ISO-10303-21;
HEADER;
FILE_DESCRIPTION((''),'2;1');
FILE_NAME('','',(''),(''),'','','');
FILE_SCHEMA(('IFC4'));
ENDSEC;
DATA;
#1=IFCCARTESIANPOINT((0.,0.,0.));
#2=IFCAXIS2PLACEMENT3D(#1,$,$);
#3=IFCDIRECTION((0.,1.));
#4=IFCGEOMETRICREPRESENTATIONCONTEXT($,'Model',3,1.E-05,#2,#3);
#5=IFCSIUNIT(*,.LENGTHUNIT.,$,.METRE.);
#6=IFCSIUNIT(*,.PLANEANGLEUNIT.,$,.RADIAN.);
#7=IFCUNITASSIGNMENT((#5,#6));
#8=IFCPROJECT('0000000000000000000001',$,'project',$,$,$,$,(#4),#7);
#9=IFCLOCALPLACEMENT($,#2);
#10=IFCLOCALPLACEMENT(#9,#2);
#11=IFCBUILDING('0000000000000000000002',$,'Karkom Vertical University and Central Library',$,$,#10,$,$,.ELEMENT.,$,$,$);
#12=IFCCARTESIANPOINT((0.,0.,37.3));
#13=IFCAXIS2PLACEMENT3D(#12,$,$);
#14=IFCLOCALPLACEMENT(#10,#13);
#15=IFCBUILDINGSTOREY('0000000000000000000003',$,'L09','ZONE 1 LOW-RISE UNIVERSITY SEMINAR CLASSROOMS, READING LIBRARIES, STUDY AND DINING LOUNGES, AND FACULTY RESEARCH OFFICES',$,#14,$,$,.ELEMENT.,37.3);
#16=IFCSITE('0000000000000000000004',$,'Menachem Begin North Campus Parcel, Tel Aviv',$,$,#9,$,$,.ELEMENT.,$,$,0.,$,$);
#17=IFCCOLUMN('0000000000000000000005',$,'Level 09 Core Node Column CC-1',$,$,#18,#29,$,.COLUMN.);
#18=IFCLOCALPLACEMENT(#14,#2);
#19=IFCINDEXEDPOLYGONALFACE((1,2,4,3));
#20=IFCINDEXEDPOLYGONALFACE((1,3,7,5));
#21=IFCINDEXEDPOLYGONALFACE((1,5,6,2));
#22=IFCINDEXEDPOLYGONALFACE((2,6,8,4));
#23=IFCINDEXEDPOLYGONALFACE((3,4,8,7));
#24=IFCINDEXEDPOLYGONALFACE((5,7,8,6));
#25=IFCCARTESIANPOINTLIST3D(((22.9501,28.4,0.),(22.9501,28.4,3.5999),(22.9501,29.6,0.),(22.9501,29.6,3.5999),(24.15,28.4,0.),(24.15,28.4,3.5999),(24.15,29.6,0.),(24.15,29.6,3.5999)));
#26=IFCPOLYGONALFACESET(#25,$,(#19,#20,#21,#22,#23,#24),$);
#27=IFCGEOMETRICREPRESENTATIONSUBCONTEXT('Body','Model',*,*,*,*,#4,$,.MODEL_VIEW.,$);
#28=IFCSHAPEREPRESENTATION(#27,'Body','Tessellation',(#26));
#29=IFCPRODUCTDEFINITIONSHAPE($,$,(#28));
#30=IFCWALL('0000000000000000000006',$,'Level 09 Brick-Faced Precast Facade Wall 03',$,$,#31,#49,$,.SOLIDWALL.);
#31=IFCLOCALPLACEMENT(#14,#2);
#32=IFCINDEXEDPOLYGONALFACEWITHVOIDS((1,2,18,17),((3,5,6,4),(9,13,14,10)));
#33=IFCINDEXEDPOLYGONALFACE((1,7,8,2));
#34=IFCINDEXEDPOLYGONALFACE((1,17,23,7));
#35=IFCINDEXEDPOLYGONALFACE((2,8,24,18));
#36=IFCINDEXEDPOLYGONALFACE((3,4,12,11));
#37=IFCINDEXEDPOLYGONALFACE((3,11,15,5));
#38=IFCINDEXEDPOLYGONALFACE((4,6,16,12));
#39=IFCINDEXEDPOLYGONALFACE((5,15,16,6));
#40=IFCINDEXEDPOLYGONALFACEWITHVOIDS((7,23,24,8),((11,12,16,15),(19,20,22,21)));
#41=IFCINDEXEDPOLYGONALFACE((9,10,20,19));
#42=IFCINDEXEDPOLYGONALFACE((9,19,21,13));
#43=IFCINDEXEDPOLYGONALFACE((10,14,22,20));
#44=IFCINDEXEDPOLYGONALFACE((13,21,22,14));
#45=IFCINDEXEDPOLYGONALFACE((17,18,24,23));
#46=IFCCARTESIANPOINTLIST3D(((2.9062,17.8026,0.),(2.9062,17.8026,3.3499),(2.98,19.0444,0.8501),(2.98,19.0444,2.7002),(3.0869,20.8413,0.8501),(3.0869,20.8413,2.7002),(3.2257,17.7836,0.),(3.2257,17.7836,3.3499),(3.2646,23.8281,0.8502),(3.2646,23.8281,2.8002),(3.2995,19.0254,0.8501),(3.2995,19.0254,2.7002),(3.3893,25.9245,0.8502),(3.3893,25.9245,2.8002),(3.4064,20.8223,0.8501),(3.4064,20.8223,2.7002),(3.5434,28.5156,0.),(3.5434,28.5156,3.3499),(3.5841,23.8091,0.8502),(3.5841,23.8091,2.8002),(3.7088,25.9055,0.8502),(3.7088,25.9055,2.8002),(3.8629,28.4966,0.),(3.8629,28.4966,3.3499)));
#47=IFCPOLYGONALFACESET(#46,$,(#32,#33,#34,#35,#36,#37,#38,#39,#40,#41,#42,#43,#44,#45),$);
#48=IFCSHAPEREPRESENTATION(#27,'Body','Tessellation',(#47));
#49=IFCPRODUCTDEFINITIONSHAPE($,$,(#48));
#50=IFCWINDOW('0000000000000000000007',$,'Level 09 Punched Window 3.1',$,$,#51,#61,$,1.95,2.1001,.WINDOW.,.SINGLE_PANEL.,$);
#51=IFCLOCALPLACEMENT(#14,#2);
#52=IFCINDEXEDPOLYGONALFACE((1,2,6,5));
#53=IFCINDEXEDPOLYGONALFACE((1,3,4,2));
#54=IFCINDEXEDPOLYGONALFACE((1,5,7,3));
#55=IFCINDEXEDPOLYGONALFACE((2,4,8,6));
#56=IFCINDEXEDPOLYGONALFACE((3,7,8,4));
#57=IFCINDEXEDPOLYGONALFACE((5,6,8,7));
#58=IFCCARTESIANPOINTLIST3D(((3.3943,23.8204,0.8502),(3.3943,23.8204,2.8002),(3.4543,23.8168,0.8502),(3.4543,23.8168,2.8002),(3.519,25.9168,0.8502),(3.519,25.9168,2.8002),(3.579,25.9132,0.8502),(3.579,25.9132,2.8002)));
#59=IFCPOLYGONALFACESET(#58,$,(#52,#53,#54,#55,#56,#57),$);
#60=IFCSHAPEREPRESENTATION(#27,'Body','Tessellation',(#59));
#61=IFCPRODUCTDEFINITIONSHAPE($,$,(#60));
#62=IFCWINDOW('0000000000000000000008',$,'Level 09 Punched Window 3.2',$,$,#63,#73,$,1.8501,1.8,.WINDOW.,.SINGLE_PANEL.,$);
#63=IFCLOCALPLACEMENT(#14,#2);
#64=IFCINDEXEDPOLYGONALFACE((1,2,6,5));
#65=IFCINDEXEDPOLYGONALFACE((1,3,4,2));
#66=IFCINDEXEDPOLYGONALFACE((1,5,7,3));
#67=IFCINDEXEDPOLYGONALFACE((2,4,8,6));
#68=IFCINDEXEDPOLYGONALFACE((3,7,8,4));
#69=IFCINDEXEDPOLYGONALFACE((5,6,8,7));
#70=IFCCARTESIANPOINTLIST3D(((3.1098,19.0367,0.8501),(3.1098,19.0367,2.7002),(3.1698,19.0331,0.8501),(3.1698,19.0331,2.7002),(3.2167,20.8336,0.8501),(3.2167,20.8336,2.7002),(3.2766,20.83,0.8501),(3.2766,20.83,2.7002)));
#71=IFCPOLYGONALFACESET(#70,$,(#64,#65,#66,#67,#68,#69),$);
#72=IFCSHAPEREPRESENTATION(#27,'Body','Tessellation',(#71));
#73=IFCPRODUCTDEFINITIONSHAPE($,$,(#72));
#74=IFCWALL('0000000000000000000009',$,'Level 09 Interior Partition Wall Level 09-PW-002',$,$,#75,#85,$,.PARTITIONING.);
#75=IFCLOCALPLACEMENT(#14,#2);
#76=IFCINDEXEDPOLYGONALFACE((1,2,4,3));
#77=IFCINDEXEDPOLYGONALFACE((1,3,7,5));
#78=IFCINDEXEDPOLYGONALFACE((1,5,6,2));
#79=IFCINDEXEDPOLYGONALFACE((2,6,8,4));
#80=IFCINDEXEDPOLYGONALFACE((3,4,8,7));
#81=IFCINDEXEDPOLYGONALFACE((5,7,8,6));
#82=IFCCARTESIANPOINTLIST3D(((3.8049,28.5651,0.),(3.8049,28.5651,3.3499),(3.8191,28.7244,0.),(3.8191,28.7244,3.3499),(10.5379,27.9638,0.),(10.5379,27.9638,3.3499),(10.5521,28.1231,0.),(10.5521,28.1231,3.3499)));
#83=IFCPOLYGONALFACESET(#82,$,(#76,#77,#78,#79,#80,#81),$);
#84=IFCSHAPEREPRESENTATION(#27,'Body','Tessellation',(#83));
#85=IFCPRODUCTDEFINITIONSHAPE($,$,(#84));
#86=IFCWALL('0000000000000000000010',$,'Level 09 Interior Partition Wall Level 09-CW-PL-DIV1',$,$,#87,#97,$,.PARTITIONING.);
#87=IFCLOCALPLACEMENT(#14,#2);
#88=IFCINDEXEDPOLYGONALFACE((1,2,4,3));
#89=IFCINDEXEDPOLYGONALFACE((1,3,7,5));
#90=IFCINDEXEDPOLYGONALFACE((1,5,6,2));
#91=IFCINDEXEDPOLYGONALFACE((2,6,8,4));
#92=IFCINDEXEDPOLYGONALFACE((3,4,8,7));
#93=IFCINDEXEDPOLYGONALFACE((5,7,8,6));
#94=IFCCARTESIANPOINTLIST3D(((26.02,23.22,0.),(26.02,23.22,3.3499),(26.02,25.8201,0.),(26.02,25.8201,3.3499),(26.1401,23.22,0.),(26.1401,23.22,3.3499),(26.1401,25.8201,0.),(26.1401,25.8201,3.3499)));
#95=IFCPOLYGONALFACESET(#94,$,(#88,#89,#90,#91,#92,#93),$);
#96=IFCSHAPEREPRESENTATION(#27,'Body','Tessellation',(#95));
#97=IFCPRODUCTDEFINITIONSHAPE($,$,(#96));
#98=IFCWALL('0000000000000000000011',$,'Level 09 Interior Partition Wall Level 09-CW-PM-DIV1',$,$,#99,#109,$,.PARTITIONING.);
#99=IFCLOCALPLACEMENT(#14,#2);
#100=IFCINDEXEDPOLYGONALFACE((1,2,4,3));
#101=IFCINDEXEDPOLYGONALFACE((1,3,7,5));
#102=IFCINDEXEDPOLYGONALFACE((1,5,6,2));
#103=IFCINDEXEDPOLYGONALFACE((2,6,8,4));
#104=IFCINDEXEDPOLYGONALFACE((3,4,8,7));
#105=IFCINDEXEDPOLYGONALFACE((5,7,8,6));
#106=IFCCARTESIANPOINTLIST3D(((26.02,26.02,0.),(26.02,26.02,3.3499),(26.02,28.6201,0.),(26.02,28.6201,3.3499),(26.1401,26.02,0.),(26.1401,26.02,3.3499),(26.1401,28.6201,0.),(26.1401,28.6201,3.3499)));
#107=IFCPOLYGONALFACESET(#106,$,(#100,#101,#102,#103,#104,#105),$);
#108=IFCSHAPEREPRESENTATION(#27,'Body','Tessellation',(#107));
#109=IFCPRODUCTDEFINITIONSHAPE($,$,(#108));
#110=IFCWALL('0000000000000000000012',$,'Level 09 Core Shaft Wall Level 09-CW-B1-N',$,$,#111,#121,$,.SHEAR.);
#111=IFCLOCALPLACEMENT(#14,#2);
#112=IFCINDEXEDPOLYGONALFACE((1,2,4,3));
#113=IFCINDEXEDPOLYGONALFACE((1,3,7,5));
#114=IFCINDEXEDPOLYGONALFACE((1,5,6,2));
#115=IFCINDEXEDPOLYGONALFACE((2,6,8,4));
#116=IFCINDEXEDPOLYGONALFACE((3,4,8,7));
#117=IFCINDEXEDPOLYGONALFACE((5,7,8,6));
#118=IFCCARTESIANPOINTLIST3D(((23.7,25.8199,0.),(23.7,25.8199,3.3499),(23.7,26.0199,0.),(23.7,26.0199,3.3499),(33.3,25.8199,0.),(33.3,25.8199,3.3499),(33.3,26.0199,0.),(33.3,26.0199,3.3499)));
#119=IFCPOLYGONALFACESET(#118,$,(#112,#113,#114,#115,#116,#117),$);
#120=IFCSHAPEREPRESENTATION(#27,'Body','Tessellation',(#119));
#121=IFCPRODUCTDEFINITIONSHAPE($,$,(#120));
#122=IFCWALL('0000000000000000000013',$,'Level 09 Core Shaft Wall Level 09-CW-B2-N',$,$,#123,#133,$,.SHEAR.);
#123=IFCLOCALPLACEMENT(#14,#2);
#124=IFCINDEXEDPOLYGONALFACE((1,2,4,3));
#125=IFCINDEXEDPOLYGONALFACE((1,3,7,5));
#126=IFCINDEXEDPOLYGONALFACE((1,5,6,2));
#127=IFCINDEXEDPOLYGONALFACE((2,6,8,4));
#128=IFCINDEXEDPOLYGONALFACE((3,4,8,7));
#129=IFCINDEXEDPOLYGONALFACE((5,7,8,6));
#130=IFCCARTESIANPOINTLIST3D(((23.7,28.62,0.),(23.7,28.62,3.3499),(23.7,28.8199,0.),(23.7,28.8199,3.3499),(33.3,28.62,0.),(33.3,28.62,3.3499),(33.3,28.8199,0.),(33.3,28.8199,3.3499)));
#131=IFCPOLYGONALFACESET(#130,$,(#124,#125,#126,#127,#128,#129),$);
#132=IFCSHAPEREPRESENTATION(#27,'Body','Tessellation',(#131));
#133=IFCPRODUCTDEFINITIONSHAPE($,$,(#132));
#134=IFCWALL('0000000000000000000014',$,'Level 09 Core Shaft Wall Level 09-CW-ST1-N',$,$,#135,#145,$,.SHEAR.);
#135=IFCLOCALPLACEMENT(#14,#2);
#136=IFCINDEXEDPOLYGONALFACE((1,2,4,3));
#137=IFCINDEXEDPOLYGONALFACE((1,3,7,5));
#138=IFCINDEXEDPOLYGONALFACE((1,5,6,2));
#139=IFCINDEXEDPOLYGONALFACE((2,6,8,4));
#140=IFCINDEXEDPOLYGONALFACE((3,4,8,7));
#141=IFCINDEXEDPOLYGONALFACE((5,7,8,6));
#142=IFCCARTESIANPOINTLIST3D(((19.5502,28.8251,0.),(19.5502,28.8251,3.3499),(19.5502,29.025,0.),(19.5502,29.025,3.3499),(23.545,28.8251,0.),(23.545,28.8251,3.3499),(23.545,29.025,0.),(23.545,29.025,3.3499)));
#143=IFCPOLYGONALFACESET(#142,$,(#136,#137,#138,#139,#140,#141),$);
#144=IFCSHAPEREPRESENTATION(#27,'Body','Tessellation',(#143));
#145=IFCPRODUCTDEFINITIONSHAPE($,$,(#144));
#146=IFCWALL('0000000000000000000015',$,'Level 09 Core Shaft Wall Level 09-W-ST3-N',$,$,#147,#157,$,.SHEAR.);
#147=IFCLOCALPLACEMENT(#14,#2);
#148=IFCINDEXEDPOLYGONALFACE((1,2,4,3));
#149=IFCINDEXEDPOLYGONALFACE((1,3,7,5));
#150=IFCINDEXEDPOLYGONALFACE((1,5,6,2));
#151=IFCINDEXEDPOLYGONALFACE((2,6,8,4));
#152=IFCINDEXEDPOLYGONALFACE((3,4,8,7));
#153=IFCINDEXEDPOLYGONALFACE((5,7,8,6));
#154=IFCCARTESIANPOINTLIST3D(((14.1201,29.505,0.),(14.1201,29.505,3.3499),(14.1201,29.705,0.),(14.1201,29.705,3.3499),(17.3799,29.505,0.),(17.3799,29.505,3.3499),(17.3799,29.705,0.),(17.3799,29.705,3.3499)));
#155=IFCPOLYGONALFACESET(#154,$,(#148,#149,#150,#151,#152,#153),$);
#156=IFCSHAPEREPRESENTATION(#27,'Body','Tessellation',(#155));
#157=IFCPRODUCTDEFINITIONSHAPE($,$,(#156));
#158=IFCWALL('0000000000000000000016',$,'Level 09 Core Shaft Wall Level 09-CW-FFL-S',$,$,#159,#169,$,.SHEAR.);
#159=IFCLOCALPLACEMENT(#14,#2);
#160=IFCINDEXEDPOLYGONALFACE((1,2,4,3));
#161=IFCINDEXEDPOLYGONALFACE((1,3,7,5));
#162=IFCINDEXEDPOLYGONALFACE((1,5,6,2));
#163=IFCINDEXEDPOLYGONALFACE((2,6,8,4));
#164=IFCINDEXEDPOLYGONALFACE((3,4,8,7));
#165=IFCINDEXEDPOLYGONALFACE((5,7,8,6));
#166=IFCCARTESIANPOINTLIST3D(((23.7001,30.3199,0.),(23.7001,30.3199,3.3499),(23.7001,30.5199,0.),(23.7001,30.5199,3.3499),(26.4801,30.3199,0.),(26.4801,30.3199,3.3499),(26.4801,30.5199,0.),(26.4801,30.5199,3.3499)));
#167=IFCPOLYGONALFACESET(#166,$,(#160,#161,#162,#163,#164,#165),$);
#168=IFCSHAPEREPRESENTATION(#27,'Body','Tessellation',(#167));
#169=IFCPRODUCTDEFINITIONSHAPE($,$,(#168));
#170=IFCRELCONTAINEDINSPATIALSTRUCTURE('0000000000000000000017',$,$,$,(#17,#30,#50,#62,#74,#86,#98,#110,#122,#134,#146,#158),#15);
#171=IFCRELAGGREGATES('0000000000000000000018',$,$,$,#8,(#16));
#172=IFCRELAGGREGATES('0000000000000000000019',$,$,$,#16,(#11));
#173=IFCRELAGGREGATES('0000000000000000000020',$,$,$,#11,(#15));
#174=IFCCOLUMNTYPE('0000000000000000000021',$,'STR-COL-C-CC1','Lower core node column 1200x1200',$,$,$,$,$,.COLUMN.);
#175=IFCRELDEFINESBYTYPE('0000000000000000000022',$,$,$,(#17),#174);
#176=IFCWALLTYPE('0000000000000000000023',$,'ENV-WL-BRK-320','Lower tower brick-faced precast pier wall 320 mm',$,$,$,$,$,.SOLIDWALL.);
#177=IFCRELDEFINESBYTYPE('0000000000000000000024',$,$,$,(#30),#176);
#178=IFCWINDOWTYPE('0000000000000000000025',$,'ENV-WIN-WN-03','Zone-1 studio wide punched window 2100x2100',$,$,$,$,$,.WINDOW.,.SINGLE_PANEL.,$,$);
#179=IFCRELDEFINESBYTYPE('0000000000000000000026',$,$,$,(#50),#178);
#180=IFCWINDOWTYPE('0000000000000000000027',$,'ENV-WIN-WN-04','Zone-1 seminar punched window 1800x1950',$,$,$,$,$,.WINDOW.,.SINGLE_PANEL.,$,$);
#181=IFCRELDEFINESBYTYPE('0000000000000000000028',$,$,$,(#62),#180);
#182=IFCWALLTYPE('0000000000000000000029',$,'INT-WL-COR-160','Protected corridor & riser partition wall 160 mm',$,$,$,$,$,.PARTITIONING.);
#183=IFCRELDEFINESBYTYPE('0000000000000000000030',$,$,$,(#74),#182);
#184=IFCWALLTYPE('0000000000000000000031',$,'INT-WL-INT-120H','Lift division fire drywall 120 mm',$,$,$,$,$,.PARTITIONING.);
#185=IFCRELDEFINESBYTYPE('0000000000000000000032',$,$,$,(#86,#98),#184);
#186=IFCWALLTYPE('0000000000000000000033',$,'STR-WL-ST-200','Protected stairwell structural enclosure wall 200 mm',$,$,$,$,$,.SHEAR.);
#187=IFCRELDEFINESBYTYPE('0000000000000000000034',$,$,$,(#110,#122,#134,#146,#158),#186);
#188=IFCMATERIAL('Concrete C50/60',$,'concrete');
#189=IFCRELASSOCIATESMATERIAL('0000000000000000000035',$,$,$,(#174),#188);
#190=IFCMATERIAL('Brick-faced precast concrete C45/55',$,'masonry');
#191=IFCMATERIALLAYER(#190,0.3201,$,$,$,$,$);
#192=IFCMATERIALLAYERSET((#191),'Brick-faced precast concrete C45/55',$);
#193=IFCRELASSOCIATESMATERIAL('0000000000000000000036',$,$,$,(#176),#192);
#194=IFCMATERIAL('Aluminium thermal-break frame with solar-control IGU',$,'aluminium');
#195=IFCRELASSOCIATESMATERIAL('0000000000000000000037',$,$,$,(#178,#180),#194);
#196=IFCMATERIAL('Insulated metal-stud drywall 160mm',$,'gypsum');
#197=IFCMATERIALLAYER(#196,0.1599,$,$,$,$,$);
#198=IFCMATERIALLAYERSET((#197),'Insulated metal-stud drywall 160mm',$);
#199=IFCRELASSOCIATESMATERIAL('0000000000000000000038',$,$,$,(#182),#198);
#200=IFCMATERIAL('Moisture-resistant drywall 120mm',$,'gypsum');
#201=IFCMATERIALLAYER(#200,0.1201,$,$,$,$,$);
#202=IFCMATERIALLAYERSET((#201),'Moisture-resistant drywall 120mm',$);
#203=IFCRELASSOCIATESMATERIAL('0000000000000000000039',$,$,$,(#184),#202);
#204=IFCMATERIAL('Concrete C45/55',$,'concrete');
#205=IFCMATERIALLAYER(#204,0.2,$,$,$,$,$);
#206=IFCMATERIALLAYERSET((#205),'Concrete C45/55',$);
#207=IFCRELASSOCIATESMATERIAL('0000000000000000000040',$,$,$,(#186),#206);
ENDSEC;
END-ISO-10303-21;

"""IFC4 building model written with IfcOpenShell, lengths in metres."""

from ifc_helpers import new_model, si_unit, direction, frame, frame_2d, origin, origin_with_axes, origin_2d, place, context, subcontext, project, spatial, rectangle, extrude, source, transform, mapped, material, layer, layer_set, material_profile, profile_set, type_object, element, fill, save


model = new_model("IFC4")

# Units and contexts
model_context = context("Model", 3, precision=1e-05, world=origin(), true_north=direction((0.0, 1.0)))
body_context = subcontext(model_context, "Body", "Model", "MODEL_VIEW")
ifc_project = project(units=[si_unit("LENGTHUNIT", "METRE"), si_unit("PLANEANGLEUNIT", "RADIAN")], contexts=[model_context])

# Site, building, storey
site_placement = place(None, origin())
site = spatial("IfcSite", under=ifc_project, at=site_placement, Name="Menachem Begin North Campus Parcel, Tel Aviv", CompositionType="ELEMENT", RefElevation=0.0)
building_placement = place(site_placement, origin())
building = spatial("IfcBuilding", under=site, at=building_placement, Name="Karkom Vertical University and Central Library", CompositionType="ELEMENT")
storey_placement = place(building_placement, frame((0.0, 0.0, 37.3)))
storey = spatial("IfcBuildingStorey", under=building, at=storey_placement, Name="L09", Description="ZONE 1 LOW-RISE UNIVERSITY SEMINAR CLASSROOMS, READING LIBRARIES, STUDY AND DINING LOUNGES, AND FACULTY RESEARCH OFFICES", CompositionType="ELEMENT", Elevation=37.3)

# Column
ifc_material_1 = material(Name="Concrete C50/60", Category="concrete")
ifc_material_profile = material_profile(ifc_material_1, rectangle(XDim=1.2, YDim=1.2, at=origin_2d()), Name="RC-1200x1200")
ifc_profile_set = profile_set([ifc_material_profile], Name="Concrete C50/60")
column_type = type_object("IfcColumnType", Name="STR-COL-C-CC1", Description="Lower core node column 1200x1200", PredefinedType="COLUMN", material=ifc_profile_set)
shared_shape_1 = source(origin_with_axes(), body_context, "Body", "SweptSolid", [
    extrude(rectangle(XDim=1.2, YDim=1.2, at=origin_2d()), origin(), (0.0, 0.0, 1.0), 3.5999),
])
column_placement = place(storey_placement, frame((23.55, 29.0, 0.0), z_axis=(0.0, 0.0, 1.0), x_axis=(1.0, 0.0, 0.0)))
element("IfcColumn", 1, at=column_placement, inside=storey, type_object=column_type, Name="Level 09 Core Node Column CC-1", PredefinedType="COLUMN", context=body_context, shape_type="MappedRepresentation", body=[
    mapped(shared_shape_1, transform((0.0, 0.0, 0.0), scale=1.0)),
])

# Wall, openings, windows
ifc_material_2 = material(Name="Brick-faced precast concrete C45/55", Category="masonry")
ifc_layer_1 = layer(ifc_material_2, 0.3201)
ifc_layer_set_1 = layer_set([ifc_layer_1], Name="Brick-faced precast concrete C45/55")
wall_type_1 = type_object("IfcWallType", Name="ENV-WL-BRK-320", Description="Lower tower brick-faced precast pier wall 320 mm", PredefinedType="SOLIDWALL", material=ifc_layer_set_1)
wall_1_placement = place(storey_placement, frame((3.7031, 28.5061, 0.0), z_axis=(0.0, 0.0, 1.0), x_axis=(-0.059375, -0.998236, 0.0)))
wall_1 = element("IfcWall", 2, at=wall_1_placement, inside=storey, type_object=wall_type_1, Name="Level 09 Brick-Faced Precast Facade Wall 03", PredefinedType="SOLIDWALL", context=body_context, shape_type="SweptSolid", body=[
    extrude(rectangle(XDim=10.7319, YDim=0.3201, at=frame_2d((5.366, 0.0))), origin(), (0.0, 0.0, 1.0), 3.3499),
])
opening_1_placement = place(wall_1_placement, frame((2.5957, 0.0, 0.8501)))
opening_1 = element("IfcOpeningElement", 3, at=opening_1_placement, cuts=wall_1, PredefinedType="OPENING", context=body_context, shape_type="SweptSolid", body=[
    extrude(rectangle(XDim=2.1001, YDim=1.95, at=frame_2d((1.05, 0.9751))), frame((0.0, 0.1699, 0.0), z_axis=(0.0, -1.0, 0.0), x_axis=(1.0, 0.0, 0.0)), (0.0, 0.0, 1.0), 0.3401),
])
opening_2_placement = place(wall_1_placement, frame((7.688, 0.0, 0.8501)))
opening_2 = element("IfcOpeningElement", 4, at=opening_2_placement, cuts=wall_1, PredefinedType="OPENING", context=body_context, shape_type="SweptSolid", body=[
    extrude(rectangle(XDim=1.8, YDim=1.8501, at=frame_2d((0.8999, 0.925))), frame((0.0, 0.1699, 0.0), z_axis=(0.0, -1.0, 0.0), x_axis=(1.0, 0.0, 0.0)), (0.0, 0.0, 1.0), 0.3401),
])
ifc_material_3 = material(Name="Aluminium thermal-break frame with solar-control IGU", Category="aluminium")
window_type_1 = type_object("IfcWindowType", Name="ENV-WIN-WN-03", Description="Zone-1 studio wide punched window 2100x2100", PartitioningType="SINGLE_PANEL", PredefinedType="WINDOW", material=ifc_material_3)
shared_shape_2 = source(origin_with_axes(), body_context, "Body", "SweptSolid", [
    extrude(rectangle(XDim=2.1001, YDim=1.95, at=frame_2d((1.05, 0.9751))), frame((0.0, 0.03, 0.0), z_axis=(0.0, -1.0, 0.0), x_axis=(1.0, 0.0, 0.0)), (0.0, 0.0, 1.0), 0.0601),
])
window_1_placement = place(opening_1_placement, origin())
window_1 = element("IfcWindow", 5, at=window_1_placement, inside=storey, type_object=window_type_1, Name="Level 09 Punched Window 3.1", OverallHeight=1.95, OverallWidth=2.1001, PartitioningType="SINGLE_PANEL", PredefinedType="WINDOW", context=body_context, shape_type="MappedRepresentation", body=[
    mapped(shared_shape_2, transform((0.0, 0.0, 0.0), scale=1.0)),
])
fill(opening_1, window_1)
window_type_2 = type_object("IfcWindowType", Name="ENV-WIN-WN-04", Description="Zone-1 seminar punched window 1800x1950", PartitioningType="SINGLE_PANEL", PredefinedType="WINDOW", material=ifc_material_3)
shared_shape_3 = source(origin_with_axes(), body_context, "Body", "SweptSolid", [
    extrude(rectangle(XDim=1.8, YDim=1.8501, at=frame_2d((0.8999, 0.925))), frame((0.0, 0.03, 0.0), z_axis=(0.0, -1.0, 0.0), x_axis=(1.0, 0.0, 0.0)), (0.0, 0.0, 1.0), 0.0601),
])
window_2_placement = place(opening_2_placement, origin())
window_2 = element("IfcWindow", 6, at=window_2_placement, inside=storey, type_object=window_type_2, Name="Level 09 Punched Window 3.2", OverallHeight=1.8501, OverallWidth=1.8, PartitioningType="SINGLE_PANEL", PredefinedType="WINDOW", context=body_context, shape_type="MappedRepresentation", body=[
    mapped(shared_shape_3, transform((0.0, 0.0, 0.0), scale=1.0)),
])
fill(opening_2, window_2)

# Walls
ifc_material_4 = material(Name="Insulated metal-stud drywall 160mm", Category="gypsum")
ifc_layer_2 = layer(ifc_material_4, 0.1599)
ifc_layer_set_2 = layer_set([ifc_layer_2], Name="Insulated metal-stud drywall 160mm")
wall_type_2 = type_object("IfcWallType", Name="INT-WL-COR-160", Description="Protected corridor & riser partition wall 160 mm", PredefinedType="PARTITIONING", material=ifc_layer_set_2)
wall_2_placement = place(storey_placement, frame((3.812, 28.6448, 0.0), z_axis=(0.0, 0.0, 1.0), x_axis=(0.996036, -0.088956, 0.0)))
element("IfcWall", 7, at=wall_2_placement, inside=storey, type_object=wall_type_2, Name="Level 09 Interior Partition Wall Level 09-PW-002", PredefinedType="PARTITIONING", context=body_context, shape_type="SweptSolid", body=[
    extrude(rectangle(XDim=6.7598, YDim=0.1599, at=frame_2d((3.3799, 0.0))), origin(), (0.0, 0.0, 1.0), 3.3499),
])
ifc_material_5 = material(Name="Moisture-resistant drywall 120mm", Category="gypsum")
ifc_layer_3 = layer(ifc_material_5, 0.1201)
ifc_layer_set_3 = layer_set([ifc_layer_3], Name="Moisture-resistant drywall 120mm")
wall_type_3 = type_object("IfcWallType", Name="INT-WL-INT-120H", Description="Lift division fire drywall 120 mm", PredefinedType="PARTITIONING", material=ifc_layer_set_3)
for number, where, z_axis, x_axis, name in (
    (8, (26.0801, 23.22, 0.0), (0.0, 0.0, 1.0), (0.0, 1.0, 0.0), "Level 09 Interior Partition Wall Level 09-CW-PL-DIV1"),
    (9, (26.0801, 26.02, 0.0), (0.0, 0.0, 1.0), (0.0, 1.0, 0.0), "Level 09 Interior Partition Wall Level 09-CW-PM-DIV1"),
):
    element("IfcWall", number, at=place(storey_placement, frame(where, z_axis=z_axis, x_axis=x_axis)), inside=storey, type_object=wall_type_3, Name=name, PredefinedType="PARTITIONING", context=body_context, shape_type="SweptSolid", body=[
        extrude(rectangle(XDim=2.6001, YDim=0.1201, at=frame_2d((1.3, 0.0))), origin(), (0.0, 0.0, 1.0), 3.3499),
    ])

# Shared definitions
ifc_material_6 = material(Name="Concrete C45/55", Category="concrete")
ifc_layer_4 = layer(ifc_material_6, 0.2)
ifc_layer_set_4 = layer_set([ifc_layer_4], Name="Concrete C45/55")
wall_type_4 = type_object("IfcWallType", Name="STR-WL-ST-200", Description="Protected stairwell structural enclosure wall 200 mm", PredefinedType="SHEAR", material=ifc_layer_set_4)

# Walls
for number, where, z_axis, x_axis, name in (
    (10, (23.7, 25.9199, 0.0), (0.0, 0.0, 1.0), (1.0, 0.0, 0.0), "Level 09 Core Shaft Wall Level 09-CW-B1-N"),
    (11, (23.7, 28.72, 0.0), (0.0, 0.0, 1.0), (1.0, 0.0, 0.0), "Level 09 Core Shaft Wall Level 09-CW-B2-N"),
):
    element("IfcWall", number, at=place(storey_placement, frame(where, z_axis=z_axis, x_axis=x_axis)), inside=storey, type_object=wall_type_4, Name=name, PredefinedType="SHEAR", context=body_context, shape_type="SweptSolid", body=[
        extrude(rectangle(XDim=9.6001, YDim=0.2, at=frame_2d((4.8, 0.0))), origin(), (0.0, 0.0, 1.0), 3.3499),
    ])
wall_3_placement = place(storey_placement, frame((19.55, 28.925, 0.0), z_axis=(0.0, 0.0, 1.0), x_axis=(1.0, 0.0, 0.0)))
element("IfcWall", 12, at=wall_3_placement, inside=storey, type_object=wall_type_4, Name="Level 09 Core Shaft Wall Level 09-CW-ST1-N", PredefinedType="SHEAR", context=body_context, shape_type="SweptSolid", body=[
    extrude(rectangle(XDim=3.9949, YDim=0.2, at=frame_2d((1.9976, 0.0))), origin(), (0.0, 0.0, 1.0), 3.3499),
])
wall_4_placement = place(storey_placement, frame((14.1201, 29.605, 0.0), z_axis=(0.0, 0.0, 1.0), x_axis=(1.0, 0.0, 0.0)))
element("IfcWall", 13, at=wall_4_placement, inside=storey, type_object=wall_type_4, Name="Level 09 Core Shaft Wall Level 09-W-ST3-N", PredefinedType="SHEAR", context=body_context, shape_type="SweptSolid", body=[
    extrude(rectangle(XDim=3.2598, YDim=0.2, at=frame_2d((1.6299, 0.0))), origin(), (0.0, 0.0, 1.0), 3.3499),
])
wall_5_placement = place(storey_placement, frame((23.7, 30.4199, 0.0), z_axis=(0.0, 0.0, 1.0), x_axis=(1.0, 0.0, 0.0)))
element("IfcWall", 14, at=wall_5_placement, inside=storey, type_object=wall_type_4, Name="Level 09 Core Shaft Wall Level 09-CW-FFL-S", PredefinedType="SHEAR", context=body_context, shape_type="SweptSolid", body=[
    extrude(rectangle(XDim=2.78, YDim=0.2, at=frame_2d((1.3901, 0.0))), origin(), (0.0, 0.0, 1.0), 3.3499),
])

save(model, "model.ifc")
